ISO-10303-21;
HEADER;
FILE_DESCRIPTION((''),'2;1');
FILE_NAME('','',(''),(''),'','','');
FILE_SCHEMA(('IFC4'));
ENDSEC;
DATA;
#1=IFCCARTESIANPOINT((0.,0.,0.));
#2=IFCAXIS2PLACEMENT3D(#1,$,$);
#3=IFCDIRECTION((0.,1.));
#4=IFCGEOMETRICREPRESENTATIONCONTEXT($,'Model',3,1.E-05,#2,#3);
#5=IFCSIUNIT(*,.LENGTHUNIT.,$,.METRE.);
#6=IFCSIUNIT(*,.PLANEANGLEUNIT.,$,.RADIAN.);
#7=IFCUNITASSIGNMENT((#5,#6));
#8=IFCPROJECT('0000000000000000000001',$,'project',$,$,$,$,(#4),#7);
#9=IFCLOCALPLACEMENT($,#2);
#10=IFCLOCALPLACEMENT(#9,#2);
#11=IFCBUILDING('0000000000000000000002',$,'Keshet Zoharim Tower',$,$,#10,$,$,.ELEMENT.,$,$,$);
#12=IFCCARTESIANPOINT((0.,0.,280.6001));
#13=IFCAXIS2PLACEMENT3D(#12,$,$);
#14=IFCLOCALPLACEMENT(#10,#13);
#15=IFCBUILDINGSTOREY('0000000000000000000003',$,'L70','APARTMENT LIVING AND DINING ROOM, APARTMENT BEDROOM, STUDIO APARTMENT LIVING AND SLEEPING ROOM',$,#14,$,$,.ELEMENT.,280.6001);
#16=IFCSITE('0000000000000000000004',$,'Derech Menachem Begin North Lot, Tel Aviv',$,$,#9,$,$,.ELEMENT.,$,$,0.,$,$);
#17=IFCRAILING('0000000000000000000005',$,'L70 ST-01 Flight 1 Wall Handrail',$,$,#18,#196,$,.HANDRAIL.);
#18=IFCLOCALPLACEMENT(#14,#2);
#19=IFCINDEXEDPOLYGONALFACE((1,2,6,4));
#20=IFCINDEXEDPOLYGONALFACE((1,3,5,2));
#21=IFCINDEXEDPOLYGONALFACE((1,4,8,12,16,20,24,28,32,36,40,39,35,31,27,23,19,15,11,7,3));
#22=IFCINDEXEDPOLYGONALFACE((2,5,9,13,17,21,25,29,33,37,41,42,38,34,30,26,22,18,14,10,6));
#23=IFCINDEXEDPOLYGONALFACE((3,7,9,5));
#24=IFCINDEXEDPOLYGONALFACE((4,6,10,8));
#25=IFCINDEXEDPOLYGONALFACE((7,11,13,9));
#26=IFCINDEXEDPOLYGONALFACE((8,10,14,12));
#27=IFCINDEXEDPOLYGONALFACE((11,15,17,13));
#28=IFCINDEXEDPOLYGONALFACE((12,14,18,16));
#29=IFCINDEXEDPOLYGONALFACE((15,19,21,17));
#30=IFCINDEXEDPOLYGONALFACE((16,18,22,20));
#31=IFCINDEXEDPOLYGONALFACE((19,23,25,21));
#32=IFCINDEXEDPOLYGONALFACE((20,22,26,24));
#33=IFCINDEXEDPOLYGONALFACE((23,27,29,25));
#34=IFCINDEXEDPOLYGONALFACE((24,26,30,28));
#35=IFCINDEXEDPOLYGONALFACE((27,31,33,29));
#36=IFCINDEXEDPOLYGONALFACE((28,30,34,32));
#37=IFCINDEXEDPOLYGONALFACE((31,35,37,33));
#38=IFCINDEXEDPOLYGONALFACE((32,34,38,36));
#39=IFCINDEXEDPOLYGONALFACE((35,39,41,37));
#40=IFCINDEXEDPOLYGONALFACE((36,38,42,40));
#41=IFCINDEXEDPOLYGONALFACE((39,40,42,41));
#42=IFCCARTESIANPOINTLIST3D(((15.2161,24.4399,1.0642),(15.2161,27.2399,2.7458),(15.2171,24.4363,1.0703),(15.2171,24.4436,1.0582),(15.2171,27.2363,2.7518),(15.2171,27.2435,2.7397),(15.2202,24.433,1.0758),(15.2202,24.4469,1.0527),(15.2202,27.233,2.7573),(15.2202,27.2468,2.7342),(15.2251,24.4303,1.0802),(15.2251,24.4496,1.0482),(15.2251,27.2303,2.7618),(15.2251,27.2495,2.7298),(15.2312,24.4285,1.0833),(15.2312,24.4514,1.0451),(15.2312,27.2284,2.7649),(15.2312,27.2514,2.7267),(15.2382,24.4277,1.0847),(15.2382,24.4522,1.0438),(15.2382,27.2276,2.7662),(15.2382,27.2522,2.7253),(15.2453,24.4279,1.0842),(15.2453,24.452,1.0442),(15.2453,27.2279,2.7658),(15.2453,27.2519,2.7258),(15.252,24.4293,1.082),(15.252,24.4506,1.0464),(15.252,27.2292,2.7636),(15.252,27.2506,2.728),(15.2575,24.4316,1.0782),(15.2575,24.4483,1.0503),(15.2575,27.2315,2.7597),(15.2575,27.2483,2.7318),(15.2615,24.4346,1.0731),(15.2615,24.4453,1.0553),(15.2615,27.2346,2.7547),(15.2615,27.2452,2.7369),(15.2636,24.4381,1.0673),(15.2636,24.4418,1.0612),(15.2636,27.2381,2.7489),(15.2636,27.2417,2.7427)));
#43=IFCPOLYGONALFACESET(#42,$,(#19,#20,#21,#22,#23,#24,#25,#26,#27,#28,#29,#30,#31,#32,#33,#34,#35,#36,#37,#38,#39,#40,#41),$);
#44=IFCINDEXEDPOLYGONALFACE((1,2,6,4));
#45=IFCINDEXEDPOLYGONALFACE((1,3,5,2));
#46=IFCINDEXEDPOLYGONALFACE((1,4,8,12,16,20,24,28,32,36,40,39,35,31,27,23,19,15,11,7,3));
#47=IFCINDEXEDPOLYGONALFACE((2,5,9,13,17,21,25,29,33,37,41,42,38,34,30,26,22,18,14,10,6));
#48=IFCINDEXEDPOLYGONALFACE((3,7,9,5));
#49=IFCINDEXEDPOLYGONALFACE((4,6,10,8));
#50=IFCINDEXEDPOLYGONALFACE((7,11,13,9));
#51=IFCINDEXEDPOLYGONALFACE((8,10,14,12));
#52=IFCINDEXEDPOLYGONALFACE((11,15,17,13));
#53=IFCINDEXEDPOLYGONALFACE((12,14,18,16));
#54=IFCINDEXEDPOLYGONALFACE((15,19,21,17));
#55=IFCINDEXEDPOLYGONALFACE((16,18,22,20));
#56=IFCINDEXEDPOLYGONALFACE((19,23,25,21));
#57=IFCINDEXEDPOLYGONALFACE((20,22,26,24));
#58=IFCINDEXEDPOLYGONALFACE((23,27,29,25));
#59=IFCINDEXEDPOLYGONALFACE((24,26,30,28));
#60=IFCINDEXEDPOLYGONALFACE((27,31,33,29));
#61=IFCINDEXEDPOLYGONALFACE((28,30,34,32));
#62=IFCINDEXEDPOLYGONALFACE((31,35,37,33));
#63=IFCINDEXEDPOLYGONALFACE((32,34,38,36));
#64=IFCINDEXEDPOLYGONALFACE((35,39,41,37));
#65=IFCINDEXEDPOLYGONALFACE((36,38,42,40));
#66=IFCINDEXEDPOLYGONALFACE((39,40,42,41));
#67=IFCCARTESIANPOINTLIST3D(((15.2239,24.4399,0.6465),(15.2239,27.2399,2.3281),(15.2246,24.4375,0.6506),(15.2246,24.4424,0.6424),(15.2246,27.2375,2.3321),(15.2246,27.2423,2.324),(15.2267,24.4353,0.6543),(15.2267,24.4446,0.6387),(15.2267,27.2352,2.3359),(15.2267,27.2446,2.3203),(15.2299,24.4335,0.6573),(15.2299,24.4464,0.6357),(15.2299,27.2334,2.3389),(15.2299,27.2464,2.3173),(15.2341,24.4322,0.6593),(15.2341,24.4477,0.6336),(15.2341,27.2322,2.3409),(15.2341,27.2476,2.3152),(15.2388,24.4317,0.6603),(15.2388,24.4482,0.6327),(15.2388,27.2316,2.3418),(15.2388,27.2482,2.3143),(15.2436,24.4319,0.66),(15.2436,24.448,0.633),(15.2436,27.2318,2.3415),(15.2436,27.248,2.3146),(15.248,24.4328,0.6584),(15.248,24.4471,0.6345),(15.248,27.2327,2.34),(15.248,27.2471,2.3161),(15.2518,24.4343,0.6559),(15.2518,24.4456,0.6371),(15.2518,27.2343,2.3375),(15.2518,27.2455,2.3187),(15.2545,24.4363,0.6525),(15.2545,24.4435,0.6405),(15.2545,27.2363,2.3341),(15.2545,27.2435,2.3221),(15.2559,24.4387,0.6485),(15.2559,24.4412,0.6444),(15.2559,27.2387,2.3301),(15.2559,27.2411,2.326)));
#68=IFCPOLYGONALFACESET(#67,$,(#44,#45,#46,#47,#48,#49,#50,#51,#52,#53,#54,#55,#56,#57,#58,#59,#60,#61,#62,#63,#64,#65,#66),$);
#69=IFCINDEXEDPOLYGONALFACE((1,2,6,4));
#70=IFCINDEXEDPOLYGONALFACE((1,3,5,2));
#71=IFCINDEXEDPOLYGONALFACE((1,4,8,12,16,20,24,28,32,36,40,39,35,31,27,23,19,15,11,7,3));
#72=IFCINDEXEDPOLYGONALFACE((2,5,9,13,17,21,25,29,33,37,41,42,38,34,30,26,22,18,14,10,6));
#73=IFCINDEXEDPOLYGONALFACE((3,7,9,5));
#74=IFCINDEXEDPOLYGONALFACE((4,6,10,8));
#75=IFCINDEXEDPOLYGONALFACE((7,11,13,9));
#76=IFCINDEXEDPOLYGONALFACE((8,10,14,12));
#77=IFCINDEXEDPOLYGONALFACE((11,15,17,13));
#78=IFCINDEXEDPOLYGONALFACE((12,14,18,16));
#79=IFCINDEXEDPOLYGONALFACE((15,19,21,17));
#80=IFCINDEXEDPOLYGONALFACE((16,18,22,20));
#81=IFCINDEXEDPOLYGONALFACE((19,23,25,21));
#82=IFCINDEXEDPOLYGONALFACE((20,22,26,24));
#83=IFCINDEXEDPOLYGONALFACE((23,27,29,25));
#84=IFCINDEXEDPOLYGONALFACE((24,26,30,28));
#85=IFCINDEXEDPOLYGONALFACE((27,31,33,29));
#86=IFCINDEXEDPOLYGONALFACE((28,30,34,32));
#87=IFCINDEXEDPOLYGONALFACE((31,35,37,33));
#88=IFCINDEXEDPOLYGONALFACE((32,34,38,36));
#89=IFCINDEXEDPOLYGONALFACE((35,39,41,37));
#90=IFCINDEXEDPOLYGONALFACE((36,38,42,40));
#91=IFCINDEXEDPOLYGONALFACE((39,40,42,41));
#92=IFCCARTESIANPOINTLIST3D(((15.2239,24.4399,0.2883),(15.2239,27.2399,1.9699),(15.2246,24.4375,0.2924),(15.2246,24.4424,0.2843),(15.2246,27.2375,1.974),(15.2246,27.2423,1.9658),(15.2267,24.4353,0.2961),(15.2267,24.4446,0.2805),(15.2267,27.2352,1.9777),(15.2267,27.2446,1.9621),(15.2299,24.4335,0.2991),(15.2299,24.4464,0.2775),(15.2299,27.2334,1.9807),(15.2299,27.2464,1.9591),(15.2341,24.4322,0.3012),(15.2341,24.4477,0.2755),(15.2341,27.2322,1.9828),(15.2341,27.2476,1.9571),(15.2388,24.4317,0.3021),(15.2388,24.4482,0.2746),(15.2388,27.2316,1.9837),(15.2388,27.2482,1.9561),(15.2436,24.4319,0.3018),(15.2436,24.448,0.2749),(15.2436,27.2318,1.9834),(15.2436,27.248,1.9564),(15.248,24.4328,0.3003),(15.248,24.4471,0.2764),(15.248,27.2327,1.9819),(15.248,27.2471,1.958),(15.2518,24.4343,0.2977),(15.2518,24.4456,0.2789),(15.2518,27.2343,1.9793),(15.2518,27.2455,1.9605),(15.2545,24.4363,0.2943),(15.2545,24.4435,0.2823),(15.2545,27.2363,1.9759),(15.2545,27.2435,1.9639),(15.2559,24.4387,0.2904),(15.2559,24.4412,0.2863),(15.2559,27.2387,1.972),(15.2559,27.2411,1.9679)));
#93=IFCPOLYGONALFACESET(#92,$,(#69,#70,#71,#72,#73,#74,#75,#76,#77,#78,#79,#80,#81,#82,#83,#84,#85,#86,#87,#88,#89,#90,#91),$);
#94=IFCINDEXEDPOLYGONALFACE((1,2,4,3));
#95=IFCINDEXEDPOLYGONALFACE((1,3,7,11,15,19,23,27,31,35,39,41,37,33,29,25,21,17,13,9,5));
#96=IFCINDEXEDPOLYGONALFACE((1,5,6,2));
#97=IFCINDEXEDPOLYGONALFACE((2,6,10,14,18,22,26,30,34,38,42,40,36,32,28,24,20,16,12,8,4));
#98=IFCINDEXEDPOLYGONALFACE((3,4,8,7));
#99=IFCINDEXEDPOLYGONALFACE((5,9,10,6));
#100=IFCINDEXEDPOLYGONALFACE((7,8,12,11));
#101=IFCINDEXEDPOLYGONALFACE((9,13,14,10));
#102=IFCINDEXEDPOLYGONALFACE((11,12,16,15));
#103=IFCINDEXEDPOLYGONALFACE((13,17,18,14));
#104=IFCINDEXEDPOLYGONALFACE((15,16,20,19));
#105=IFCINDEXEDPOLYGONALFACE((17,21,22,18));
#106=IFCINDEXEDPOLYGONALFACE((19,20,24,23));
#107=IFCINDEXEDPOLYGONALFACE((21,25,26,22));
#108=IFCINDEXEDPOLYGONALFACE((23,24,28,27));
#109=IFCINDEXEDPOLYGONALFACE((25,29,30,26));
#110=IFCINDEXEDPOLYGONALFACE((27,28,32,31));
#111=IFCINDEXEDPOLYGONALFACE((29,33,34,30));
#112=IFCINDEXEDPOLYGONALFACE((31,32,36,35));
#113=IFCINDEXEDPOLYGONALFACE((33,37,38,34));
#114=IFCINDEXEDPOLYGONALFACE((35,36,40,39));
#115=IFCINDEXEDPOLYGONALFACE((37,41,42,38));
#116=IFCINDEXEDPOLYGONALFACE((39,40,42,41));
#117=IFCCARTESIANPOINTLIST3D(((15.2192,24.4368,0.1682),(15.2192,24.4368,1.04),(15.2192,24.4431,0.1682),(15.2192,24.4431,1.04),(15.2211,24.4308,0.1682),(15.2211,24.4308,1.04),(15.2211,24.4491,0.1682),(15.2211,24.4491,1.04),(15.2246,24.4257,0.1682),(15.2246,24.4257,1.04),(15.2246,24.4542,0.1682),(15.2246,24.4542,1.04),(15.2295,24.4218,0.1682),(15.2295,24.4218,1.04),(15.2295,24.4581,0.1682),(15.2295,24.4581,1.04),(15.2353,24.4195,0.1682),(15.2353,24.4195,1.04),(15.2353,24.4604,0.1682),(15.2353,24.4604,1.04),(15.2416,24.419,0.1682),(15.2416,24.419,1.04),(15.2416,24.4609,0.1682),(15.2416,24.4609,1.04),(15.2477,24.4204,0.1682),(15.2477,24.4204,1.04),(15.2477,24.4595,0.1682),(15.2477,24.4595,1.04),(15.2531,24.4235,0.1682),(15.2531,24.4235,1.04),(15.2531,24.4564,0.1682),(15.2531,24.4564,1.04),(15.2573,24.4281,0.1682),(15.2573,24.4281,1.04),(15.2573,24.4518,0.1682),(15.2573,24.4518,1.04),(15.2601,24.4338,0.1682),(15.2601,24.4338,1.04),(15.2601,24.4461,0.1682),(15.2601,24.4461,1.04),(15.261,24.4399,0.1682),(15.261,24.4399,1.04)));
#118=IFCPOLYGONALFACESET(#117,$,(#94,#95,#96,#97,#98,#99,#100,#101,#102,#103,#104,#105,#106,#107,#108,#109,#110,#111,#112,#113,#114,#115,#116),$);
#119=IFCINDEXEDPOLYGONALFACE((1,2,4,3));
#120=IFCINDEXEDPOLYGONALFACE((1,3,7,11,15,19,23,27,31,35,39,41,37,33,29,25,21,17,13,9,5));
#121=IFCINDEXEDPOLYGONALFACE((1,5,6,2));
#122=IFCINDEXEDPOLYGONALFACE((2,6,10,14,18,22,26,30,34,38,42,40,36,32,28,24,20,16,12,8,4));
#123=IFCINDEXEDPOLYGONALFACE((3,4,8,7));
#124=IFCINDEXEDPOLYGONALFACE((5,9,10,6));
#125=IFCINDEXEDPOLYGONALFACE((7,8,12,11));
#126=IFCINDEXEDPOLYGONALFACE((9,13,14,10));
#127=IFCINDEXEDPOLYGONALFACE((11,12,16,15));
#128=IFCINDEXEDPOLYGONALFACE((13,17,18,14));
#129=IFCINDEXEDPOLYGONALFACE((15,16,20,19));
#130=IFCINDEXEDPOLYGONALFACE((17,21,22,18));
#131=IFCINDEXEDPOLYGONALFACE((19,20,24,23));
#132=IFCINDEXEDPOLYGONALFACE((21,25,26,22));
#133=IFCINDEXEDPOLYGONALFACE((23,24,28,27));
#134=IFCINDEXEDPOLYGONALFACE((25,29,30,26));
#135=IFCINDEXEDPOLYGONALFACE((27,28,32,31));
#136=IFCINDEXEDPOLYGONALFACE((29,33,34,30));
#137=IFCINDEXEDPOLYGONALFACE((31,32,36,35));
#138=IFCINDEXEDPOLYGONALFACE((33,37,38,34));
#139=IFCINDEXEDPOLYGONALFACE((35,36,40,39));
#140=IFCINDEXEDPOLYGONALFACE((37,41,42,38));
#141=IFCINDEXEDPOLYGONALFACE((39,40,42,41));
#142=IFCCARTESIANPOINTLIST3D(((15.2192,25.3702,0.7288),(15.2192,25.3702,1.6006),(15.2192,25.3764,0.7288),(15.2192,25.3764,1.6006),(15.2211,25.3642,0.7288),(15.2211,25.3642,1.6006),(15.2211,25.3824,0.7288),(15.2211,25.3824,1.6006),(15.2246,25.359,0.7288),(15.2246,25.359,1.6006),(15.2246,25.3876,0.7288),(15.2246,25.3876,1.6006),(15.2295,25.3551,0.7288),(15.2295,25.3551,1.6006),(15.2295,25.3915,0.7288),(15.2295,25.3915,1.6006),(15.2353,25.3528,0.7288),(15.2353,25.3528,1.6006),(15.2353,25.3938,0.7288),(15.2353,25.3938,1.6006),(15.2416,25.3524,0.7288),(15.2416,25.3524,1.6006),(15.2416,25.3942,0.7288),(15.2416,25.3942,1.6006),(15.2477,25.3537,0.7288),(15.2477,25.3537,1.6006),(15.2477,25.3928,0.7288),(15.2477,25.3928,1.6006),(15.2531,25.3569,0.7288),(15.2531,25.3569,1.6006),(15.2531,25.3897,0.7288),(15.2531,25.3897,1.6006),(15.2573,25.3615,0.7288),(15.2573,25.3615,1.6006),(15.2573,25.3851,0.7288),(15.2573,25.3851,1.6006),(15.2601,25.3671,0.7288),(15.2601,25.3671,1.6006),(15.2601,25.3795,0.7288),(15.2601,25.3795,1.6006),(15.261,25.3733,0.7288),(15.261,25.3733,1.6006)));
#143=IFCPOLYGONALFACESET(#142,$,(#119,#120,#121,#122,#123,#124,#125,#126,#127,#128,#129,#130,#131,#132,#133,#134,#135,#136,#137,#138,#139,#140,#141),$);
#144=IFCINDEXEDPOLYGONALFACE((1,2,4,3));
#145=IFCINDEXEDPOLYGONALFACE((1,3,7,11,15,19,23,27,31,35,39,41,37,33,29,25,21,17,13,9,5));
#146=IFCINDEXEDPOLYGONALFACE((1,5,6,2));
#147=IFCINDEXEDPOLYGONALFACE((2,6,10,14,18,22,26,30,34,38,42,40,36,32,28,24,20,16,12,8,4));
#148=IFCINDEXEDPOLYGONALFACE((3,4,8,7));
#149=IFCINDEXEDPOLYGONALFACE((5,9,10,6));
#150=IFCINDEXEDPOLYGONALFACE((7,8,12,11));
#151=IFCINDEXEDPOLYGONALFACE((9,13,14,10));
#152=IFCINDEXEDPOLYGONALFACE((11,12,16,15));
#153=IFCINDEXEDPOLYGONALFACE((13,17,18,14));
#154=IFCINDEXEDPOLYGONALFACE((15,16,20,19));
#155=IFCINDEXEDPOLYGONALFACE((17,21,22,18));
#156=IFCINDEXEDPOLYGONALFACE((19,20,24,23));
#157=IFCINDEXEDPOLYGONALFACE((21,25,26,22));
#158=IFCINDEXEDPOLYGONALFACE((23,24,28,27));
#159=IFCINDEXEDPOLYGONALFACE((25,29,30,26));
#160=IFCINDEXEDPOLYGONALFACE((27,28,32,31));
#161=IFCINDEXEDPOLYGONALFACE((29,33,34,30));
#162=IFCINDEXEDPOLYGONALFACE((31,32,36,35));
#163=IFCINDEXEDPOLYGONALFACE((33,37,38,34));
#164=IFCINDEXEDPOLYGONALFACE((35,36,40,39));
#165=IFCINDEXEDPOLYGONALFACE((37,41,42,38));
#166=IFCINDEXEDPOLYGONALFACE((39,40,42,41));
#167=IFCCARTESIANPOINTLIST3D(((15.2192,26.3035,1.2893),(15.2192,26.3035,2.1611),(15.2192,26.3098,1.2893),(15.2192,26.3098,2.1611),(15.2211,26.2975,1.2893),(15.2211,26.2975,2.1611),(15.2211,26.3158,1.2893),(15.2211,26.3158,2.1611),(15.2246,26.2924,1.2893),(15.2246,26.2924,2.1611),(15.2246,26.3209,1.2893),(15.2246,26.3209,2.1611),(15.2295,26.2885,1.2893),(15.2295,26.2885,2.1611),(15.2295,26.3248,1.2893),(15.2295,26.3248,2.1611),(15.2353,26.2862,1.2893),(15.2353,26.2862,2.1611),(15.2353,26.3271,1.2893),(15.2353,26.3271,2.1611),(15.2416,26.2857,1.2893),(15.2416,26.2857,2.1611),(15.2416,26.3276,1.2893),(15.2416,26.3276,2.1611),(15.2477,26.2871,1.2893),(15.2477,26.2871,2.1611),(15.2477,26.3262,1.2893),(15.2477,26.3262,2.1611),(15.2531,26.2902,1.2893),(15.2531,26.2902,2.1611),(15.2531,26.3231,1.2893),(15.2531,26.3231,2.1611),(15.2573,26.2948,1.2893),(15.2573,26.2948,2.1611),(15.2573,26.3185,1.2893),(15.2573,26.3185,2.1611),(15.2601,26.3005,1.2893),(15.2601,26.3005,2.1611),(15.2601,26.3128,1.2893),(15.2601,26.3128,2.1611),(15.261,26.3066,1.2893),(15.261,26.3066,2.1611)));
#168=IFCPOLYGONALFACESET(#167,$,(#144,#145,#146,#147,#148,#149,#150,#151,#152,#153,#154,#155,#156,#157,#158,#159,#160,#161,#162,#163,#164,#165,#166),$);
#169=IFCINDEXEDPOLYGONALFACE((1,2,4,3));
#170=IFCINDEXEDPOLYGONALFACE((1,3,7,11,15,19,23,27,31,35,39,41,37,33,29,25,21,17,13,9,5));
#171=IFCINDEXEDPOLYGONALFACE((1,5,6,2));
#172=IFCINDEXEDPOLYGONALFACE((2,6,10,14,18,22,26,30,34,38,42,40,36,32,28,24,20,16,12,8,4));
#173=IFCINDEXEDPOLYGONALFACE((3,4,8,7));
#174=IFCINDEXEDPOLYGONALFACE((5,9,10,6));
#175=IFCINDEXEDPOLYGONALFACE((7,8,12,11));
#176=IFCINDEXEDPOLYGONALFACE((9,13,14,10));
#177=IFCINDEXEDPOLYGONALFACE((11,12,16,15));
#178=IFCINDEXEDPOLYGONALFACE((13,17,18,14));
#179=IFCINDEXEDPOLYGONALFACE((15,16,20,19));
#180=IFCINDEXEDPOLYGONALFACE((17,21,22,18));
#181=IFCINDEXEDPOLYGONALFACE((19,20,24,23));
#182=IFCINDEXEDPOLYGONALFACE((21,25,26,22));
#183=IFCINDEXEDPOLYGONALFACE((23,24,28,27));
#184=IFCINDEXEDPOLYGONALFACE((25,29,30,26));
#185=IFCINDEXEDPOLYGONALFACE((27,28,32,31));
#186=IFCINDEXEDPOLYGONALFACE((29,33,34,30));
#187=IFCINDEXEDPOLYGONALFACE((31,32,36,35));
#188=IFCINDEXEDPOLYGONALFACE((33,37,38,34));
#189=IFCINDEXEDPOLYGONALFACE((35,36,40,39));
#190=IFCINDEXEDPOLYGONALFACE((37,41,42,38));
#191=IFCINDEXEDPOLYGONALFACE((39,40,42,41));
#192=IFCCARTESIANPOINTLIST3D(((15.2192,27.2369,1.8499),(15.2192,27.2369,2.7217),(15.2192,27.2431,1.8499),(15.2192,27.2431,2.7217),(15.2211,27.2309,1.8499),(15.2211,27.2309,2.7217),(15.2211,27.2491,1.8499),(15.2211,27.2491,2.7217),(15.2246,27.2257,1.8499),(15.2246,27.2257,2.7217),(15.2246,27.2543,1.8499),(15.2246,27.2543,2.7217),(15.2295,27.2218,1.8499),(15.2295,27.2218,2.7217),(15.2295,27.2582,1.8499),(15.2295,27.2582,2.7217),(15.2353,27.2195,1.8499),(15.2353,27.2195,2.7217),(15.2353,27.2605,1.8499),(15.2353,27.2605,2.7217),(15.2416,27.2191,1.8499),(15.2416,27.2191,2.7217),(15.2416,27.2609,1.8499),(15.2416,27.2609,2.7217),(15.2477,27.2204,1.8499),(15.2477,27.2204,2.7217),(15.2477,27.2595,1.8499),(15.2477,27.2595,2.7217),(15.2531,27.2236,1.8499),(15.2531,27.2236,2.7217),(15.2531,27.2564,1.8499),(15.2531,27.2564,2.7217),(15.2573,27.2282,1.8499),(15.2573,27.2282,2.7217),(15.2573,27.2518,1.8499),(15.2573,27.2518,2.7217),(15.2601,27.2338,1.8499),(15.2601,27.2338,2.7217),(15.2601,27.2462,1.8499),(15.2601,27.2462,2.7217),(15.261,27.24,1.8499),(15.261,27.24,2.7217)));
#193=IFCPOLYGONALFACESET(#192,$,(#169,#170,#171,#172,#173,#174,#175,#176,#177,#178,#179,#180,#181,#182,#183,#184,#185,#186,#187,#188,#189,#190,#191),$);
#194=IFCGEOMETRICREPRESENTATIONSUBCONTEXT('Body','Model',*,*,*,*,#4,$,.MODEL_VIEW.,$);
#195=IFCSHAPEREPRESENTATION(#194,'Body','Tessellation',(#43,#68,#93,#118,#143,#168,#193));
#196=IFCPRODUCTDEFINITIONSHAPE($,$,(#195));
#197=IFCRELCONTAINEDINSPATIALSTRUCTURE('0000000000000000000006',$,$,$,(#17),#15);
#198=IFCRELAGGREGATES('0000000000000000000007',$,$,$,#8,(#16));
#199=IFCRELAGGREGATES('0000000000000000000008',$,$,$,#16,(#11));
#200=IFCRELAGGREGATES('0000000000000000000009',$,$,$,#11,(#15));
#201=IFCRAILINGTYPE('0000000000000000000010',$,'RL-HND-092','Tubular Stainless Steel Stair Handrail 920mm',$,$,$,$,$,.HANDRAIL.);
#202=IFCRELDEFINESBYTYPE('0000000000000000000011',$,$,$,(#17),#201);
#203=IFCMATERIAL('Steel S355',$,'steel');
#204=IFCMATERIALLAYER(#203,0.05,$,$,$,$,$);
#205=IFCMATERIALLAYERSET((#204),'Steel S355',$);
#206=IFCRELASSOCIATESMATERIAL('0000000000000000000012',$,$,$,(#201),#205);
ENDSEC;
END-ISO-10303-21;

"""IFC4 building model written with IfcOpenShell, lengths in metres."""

from ifc_helpers import new_model, si_unit, direction, frame, origin, origin_2d, place, context, subcontext, project, spatial, circle, extrude, material, layer, layer_set, type_object, element, save


model = new_model("IFC4")

# Units and contexts
model_context = context("Model", 3, precision=1e-05, world=origin(), true_north=direction((0.0, 1.0)))
body_context = subcontext(model_context, "Body", "Model", "MODEL_VIEW")
ifc_project = project(units=[si_unit("LENGTHUNIT", "METRE"), si_unit("PLANEANGLEUNIT", "RADIAN")], contexts=[model_context])

# Site, building, storey
site_placement = place(None, origin())
site = spatial("IfcSite", under=ifc_project, at=site_placement, Name="Derech Menachem Begin North Lot, Tel Aviv", CompositionType="ELEMENT", RefElevation=0.0)
building_placement = place(site_placement, origin())
building = spatial("IfcBuilding", under=site, at=building_placement, Name="Keshet Zoharim Tower", CompositionType="ELEMENT")
storey_placement = place(building_placement, frame((0.0, 0.0, 280.6001)))
storey = spatial("IfcBuildingStorey", under=building, at=storey_placement, Name="L70", Description="APARTMENT LIVING AND DINING ROOM, APARTMENT BEDROOM, STUDIO APARTMENT LIVING AND SLEEPING ROOM", CompositionType="ELEMENT", Elevation=280.6001)

# Shared definitions
ifc_material_1 = material(Name="Steel S355", Category="steel")

# Railing
ifc_layer_1 = layer(ifc_material_1, 0.05)
ifc_layer_set_1 = layer_set([ifc_layer_1], Name="Steel S355")
railing_type_1 = type_object("IfcRailingType", Name="RL-HND-092", Description="Tubular Stainless Steel Stair Handrail 920mm", PredefinedType="HANDRAIL", material=ifc_layer_set_1)
railing_1_placement = place(storey_placement, frame((15.24, 24.4399, 0.1682)))
element("IfcRailing", 1, at=railing_1_placement, inside=storey, type_object=railing_type_1, Name="L70 ST-01 Flight 1 Wall Handrail", PredefinedType="HANDRAIL", context=body_context, shape_type="SweptSolid", body=[
    extrude(circle(Radius=0.0239, at=origin_2d()), frame((0.0, 0.0, 0.896), z_axis=(0.0, 0.857275, 0.514858), x_axis=(-1.0, 0.0, 0.0)), (0.0, 0.0, 1.0), 3.2661),
    extrude(circle(Radius=0.0161, at=origin_2d()), frame((0.0, 0.0, 0.4783), z_axis=(0.0, 0.857275, 0.514858), x_axis=(-1.0, 0.0, 0.0)), (0.0, 0.0, 1.0), 3.2661),
    extrude(circle(Radius=0.0161, at=origin_2d()), frame((0.0, 0.0, 0.1201), z_axis=(0.0, 0.857275, 0.514858), x_axis=(-1.0, 0.0, 0.0)), (0.0, 0.0, 1.0), 3.2661),
    extrude(circle(Radius=0.021, at=origin_2d()), origin(), (0.0, 0.0, 1.0), 0.8718),
    extrude(circle(Radius=0.021, at=origin_2d()), frame((0.0, 0.9333, 0.5605)), (0.0, 0.0, 1.0), 0.8718),
    extrude(circle(Radius=0.021, at=origin_2d()), frame((0.0, 1.8667, 1.1211)), (0.0, 0.0, 1.0), 0.8718),
    extrude(circle(Radius=0.021, at=origin_2d()), frame((0.0, 2.8, 1.6816)), (0.0, 0.0, 1.0), 0.8718),
])

save(model, "model.ifc")
